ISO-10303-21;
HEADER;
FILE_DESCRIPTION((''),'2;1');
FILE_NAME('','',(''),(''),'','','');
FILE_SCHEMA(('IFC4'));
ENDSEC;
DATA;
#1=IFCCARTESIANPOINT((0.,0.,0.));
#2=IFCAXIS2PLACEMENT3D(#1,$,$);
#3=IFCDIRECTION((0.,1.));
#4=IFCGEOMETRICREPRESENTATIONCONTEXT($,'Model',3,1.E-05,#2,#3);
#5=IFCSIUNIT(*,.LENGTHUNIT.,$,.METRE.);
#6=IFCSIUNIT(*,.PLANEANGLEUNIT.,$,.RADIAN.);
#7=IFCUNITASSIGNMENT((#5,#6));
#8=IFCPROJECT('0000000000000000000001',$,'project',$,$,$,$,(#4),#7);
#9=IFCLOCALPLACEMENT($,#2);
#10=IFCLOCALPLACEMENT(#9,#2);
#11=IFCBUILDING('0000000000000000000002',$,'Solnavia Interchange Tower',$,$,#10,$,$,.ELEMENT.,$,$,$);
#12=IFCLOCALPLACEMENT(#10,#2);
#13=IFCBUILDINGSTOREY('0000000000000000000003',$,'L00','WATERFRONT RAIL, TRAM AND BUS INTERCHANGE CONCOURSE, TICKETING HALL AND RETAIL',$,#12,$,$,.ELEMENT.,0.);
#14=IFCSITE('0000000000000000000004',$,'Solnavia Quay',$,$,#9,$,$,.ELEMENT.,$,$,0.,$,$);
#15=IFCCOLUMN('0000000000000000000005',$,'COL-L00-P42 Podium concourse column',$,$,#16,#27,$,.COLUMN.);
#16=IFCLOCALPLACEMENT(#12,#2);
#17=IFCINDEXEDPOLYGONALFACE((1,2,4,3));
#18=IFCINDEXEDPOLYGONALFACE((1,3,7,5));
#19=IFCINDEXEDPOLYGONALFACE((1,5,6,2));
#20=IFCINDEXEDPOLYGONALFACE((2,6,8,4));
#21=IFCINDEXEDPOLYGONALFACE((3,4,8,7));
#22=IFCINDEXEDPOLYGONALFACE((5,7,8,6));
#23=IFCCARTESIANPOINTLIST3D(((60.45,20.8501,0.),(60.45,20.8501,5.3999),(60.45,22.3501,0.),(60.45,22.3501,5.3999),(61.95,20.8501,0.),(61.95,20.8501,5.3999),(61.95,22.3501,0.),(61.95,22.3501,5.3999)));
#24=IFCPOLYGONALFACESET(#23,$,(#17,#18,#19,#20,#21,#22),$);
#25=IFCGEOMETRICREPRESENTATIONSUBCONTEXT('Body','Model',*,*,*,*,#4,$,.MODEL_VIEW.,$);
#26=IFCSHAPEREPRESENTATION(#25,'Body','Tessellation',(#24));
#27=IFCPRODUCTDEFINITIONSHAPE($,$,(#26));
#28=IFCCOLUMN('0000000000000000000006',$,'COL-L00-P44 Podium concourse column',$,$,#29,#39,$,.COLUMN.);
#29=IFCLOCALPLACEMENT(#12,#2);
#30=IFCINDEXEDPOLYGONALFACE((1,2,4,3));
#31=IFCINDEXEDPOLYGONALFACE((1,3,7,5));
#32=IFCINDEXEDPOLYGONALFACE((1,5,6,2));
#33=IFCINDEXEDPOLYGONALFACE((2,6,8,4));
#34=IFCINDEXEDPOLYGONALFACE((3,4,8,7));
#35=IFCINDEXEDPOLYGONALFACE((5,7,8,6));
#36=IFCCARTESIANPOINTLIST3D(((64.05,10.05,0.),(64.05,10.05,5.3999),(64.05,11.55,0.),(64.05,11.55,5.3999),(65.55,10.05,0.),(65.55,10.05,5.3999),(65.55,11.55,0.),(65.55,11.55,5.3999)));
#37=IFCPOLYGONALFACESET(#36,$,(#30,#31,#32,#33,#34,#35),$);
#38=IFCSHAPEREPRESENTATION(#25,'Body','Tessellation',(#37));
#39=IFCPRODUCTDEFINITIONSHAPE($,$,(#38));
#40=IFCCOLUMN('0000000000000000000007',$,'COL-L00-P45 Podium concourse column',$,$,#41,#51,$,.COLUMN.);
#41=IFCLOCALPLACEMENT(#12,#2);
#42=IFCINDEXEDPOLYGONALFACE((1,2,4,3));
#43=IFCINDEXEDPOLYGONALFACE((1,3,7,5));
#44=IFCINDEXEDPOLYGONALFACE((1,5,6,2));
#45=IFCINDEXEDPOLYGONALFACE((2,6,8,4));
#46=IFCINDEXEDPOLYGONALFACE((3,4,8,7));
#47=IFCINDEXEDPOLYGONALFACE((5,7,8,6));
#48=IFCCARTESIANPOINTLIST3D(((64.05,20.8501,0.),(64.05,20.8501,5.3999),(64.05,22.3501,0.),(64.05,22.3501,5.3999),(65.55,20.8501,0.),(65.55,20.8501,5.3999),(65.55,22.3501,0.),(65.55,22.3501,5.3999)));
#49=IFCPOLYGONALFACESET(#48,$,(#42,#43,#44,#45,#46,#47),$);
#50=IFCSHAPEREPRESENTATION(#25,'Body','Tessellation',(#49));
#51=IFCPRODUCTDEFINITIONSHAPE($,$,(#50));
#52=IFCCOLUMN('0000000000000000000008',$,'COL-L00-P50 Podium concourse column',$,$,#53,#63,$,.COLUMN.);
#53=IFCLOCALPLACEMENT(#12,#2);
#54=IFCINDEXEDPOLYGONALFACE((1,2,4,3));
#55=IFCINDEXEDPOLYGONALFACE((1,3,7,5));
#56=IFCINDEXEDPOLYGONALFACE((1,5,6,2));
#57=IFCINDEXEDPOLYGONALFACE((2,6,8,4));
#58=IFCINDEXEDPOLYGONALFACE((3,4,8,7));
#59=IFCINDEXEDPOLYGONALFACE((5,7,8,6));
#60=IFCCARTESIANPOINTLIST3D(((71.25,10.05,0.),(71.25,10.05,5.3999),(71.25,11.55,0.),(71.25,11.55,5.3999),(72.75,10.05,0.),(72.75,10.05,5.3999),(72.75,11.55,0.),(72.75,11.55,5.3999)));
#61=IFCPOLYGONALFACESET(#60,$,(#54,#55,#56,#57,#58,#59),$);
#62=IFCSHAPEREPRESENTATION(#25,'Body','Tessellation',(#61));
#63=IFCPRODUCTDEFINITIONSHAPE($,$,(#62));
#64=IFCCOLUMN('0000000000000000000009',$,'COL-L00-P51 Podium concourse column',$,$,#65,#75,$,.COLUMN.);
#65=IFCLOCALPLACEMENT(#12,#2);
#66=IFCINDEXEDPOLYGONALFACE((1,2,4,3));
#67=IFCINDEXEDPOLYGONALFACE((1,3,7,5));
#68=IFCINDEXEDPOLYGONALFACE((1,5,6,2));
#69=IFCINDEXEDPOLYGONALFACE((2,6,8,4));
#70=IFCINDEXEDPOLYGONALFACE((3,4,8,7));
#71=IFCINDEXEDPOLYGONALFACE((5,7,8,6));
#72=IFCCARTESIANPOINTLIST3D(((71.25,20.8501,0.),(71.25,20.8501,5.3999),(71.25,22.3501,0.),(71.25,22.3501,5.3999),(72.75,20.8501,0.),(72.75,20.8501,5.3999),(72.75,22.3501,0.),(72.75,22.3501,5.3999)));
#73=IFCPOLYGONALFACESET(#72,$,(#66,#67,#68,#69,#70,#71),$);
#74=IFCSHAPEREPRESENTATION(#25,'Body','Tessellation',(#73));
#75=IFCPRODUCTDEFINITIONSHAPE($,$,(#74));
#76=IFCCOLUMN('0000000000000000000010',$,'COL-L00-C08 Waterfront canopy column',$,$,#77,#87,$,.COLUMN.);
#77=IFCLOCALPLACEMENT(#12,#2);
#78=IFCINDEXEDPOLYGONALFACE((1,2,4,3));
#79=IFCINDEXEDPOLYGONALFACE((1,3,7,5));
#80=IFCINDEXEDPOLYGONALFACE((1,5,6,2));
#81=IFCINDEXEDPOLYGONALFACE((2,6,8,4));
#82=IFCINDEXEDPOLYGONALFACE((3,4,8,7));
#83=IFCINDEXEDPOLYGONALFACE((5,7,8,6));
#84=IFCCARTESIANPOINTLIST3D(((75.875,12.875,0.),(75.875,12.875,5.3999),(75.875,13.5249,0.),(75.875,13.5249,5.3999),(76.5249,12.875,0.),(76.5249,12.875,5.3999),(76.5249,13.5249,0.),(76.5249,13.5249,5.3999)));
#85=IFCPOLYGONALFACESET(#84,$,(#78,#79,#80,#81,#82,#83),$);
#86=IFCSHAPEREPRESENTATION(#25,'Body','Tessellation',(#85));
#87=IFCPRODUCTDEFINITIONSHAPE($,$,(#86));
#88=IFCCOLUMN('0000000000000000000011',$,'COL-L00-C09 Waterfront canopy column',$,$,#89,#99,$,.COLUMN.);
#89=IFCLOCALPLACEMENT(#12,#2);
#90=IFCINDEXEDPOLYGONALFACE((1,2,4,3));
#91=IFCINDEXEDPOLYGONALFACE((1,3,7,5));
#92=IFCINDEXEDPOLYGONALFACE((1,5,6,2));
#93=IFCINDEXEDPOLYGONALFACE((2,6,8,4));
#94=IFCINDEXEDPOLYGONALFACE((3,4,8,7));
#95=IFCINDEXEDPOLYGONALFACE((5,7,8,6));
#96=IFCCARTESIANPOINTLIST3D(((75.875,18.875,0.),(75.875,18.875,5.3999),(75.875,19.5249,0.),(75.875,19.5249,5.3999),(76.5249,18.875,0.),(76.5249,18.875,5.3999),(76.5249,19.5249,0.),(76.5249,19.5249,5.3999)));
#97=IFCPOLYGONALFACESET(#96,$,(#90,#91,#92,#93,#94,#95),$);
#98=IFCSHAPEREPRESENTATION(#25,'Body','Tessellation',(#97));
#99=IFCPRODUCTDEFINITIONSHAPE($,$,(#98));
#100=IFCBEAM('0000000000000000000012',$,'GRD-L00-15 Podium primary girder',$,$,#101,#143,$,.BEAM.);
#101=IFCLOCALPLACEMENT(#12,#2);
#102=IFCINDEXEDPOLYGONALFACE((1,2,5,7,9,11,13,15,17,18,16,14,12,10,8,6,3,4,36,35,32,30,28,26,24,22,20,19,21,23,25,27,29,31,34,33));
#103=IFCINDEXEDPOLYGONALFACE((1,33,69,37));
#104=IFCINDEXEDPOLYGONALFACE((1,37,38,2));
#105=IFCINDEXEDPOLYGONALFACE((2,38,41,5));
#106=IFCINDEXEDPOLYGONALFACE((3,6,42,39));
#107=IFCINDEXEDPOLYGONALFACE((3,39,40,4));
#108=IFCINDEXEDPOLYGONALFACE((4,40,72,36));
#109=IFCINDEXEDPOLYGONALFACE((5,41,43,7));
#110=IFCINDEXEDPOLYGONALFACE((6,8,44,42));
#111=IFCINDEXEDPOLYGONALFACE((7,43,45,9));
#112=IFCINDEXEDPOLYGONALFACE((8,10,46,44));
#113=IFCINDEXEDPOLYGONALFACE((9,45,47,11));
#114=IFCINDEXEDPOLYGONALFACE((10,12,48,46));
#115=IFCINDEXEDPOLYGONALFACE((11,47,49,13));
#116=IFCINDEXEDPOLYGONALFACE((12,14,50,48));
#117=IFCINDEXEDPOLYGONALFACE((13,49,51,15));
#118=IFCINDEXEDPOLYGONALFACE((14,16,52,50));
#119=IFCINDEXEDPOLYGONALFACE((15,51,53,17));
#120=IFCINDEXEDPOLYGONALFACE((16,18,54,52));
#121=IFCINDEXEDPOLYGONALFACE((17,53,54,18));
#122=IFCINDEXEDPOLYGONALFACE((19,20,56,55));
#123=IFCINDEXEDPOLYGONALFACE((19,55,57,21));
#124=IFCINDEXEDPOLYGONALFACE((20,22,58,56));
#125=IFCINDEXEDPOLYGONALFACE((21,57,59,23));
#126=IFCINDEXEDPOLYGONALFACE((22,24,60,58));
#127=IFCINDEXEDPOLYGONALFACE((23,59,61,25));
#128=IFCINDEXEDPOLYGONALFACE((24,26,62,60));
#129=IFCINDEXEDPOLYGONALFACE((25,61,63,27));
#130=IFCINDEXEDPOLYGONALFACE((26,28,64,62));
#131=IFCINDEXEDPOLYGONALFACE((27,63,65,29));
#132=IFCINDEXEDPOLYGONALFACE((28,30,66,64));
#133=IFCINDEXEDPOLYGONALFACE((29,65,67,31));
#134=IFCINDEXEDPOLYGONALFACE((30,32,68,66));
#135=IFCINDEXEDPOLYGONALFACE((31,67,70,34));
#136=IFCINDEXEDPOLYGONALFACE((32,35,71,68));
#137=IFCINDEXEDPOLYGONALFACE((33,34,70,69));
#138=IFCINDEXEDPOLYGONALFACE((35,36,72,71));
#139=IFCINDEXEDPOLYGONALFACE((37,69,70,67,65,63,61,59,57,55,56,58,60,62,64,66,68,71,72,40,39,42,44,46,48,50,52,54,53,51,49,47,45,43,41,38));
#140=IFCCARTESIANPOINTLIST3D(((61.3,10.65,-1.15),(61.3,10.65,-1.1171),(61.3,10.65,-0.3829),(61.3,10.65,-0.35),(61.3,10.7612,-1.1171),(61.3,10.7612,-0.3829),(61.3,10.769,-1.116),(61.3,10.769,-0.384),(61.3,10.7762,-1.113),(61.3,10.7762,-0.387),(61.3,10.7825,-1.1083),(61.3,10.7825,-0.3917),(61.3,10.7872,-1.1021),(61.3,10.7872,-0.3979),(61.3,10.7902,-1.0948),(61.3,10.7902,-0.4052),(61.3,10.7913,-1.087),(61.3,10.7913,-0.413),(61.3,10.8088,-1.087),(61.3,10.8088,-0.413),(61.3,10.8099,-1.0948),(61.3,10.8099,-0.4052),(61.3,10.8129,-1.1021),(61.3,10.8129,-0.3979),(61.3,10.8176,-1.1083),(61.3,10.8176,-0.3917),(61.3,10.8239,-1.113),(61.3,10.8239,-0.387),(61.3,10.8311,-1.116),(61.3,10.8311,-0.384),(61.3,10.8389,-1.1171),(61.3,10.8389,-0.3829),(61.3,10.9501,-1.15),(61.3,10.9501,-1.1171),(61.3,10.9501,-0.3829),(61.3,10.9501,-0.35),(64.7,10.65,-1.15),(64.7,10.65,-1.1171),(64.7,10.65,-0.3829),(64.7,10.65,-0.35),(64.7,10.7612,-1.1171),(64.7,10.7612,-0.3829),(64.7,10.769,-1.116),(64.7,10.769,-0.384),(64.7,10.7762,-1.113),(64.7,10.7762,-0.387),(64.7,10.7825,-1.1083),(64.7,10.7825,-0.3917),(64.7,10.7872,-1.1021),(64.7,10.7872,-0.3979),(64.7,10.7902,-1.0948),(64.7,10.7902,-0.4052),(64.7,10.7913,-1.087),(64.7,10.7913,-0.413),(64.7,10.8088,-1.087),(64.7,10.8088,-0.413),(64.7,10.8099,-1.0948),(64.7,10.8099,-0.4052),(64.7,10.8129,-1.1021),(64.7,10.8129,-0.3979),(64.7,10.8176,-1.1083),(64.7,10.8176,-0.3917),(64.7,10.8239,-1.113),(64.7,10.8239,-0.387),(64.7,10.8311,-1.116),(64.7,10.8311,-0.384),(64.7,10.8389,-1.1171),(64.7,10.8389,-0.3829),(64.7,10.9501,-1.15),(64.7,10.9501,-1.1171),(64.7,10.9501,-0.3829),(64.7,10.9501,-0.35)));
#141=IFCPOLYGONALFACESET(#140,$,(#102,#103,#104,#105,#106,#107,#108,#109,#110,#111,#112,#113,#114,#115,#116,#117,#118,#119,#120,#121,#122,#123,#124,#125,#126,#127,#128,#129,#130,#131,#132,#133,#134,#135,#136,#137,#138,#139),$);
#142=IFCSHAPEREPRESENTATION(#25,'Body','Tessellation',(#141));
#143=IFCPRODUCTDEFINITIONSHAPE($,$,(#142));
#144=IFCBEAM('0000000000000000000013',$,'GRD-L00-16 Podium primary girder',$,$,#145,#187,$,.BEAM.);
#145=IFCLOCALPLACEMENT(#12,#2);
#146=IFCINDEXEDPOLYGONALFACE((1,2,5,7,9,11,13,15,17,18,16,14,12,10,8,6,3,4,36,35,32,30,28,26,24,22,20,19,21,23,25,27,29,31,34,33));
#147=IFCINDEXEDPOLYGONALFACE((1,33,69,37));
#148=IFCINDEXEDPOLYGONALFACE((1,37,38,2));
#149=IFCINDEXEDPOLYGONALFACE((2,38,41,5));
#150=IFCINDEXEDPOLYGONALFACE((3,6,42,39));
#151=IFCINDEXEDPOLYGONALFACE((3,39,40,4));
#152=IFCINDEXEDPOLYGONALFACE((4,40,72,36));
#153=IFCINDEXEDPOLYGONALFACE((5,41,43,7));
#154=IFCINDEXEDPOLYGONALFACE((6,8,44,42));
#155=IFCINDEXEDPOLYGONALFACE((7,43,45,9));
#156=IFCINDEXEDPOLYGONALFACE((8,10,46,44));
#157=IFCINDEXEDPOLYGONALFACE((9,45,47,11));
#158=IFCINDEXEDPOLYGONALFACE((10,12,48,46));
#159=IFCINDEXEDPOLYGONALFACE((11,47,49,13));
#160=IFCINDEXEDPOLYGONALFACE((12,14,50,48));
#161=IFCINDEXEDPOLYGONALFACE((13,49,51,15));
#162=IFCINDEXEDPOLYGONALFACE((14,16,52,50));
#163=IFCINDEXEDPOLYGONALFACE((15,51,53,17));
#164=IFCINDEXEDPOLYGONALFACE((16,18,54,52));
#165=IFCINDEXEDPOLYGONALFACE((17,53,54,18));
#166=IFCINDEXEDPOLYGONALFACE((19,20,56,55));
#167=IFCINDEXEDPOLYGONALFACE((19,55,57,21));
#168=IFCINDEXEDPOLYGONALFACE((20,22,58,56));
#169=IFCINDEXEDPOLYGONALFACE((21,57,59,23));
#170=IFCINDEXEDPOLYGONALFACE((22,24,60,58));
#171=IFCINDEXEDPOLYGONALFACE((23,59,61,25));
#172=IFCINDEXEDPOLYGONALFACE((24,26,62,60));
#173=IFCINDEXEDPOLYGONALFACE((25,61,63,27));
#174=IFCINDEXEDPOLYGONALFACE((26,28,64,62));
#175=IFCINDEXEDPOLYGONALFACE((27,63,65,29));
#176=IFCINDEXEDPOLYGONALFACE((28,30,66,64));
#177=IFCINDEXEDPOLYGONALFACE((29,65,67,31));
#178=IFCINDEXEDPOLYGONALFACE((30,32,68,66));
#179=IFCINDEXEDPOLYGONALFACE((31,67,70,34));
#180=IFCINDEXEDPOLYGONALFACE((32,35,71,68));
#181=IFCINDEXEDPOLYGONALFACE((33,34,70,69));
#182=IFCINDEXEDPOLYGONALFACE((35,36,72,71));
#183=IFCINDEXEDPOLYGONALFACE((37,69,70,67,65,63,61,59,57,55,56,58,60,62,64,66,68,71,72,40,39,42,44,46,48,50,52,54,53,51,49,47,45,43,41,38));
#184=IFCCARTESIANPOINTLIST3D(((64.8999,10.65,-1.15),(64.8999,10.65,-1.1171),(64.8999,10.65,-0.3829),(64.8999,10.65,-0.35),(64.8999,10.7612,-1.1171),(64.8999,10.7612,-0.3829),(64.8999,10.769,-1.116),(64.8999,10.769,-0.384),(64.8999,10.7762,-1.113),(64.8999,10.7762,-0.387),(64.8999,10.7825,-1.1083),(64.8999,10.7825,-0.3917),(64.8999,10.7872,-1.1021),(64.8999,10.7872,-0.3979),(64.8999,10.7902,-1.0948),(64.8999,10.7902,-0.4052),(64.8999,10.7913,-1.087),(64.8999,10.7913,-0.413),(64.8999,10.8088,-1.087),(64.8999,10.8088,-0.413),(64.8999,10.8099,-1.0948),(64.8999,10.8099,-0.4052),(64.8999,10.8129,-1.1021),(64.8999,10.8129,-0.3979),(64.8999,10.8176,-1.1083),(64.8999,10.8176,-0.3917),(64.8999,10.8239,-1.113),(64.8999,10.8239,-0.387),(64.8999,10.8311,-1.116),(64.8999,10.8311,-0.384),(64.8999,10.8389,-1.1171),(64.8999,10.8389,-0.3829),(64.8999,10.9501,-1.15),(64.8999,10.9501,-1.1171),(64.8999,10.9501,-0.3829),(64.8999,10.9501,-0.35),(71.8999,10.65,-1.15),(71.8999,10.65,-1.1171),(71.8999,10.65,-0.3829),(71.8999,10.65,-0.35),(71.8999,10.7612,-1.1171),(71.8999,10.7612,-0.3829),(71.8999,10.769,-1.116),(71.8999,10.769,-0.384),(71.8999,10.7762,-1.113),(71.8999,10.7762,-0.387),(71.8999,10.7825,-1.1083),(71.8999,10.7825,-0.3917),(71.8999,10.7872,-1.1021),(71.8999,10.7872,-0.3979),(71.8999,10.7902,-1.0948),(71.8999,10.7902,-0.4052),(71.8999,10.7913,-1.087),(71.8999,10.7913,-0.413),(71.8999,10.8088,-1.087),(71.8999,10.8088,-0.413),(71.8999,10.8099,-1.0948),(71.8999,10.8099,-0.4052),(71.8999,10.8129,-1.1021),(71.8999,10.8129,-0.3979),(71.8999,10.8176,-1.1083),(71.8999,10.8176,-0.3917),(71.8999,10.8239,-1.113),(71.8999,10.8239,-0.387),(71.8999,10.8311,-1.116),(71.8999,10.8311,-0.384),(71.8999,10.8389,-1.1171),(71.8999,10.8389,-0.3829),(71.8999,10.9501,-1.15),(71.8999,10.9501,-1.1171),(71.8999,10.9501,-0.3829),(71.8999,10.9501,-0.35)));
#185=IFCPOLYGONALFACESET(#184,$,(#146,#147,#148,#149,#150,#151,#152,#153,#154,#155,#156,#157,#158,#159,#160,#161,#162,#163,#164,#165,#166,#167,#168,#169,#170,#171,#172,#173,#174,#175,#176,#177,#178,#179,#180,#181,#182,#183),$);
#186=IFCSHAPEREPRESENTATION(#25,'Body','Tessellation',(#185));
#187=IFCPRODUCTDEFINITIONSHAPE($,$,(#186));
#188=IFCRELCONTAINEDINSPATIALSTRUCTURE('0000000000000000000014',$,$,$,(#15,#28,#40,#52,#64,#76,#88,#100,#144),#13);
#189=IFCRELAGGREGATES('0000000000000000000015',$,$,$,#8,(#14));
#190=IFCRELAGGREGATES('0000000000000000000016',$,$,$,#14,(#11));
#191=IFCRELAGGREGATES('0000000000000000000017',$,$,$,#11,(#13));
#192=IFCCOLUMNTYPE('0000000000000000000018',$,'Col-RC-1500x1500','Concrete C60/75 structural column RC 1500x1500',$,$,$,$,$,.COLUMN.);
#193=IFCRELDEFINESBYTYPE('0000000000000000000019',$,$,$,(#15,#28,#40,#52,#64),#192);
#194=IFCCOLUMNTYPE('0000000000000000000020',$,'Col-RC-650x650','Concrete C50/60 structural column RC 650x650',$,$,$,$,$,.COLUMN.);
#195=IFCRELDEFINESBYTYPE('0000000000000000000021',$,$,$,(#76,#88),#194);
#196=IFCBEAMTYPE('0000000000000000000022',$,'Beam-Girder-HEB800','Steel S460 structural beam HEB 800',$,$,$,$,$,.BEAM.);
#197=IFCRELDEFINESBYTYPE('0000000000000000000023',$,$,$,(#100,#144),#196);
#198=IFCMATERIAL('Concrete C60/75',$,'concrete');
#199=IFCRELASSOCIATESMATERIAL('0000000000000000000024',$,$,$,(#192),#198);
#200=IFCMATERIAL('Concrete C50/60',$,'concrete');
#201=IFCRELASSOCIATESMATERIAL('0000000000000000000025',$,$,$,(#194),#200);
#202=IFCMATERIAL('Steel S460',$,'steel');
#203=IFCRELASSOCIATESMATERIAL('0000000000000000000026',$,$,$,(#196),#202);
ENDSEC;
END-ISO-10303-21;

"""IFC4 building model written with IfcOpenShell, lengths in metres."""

from ifc_helpers import new_model, si_unit, direction, frame, origin, origin_2d, place, context, subcontext, project, spatial, rectangle, i_section, extrude, material, material_profile, profile_set, type_object, element, save


model = new_model("IFC4")

# Units and contexts
model_context = context("Model", 3, precision=1e-05, world=origin(), true_north=direction((0.0, 1.0)))
body_context = subcontext(model_context, "Body", "Model", "MODEL_VIEW")
ifc_project = project(units=[si_unit("LENGTHUNIT", "METRE"), si_unit("PLANEANGLEUNIT", "RADIAN")], contexts=[model_context])

# Site, building, storey
site_placement = place(None, origin())
site = spatial("IfcSite", under=ifc_project, at=site_placement, Name="Solnavia Quay", CompositionType="ELEMENT", RefElevation=0.0)
building_placement = place(site_placement, origin())
building = spatial("IfcBuilding", under=site, at=building_placement, Name="Solnavia Interchange Tower", CompositionType="ELEMENT")
storey_placement = place(building_placement, origin())
storey = spatial("IfcBuildingStorey", under=building, at=storey_placement, Name="L00", Description="WATERFRONT RAIL, TRAM AND BUS INTERCHANGE CONCOURSE, TICKETING HALL AND RETAIL", CompositionType="ELEMENT", Elevation=0.0)

# Columns
ifc_material_1 = material(Name="Concrete C60/75", Category="concrete")
ifc_material_profile_1 = material_profile(ifc_material_1, rectangle(XDim=1.5, YDim=1.5, at=origin_2d()), Name="RC 1500x1500")
ifc_profile_set_1 = profile_set([ifc_material_profile_1], Name="Concrete C60/75")
column_type_1 = type_object("IfcColumnType", Name="Col-RC-1500x1500", Description="Concrete C60/75 structural column RC 1500x1500", PredefinedType="COLUMN", material=ifc_profile_set_1)
for number, where, z_axis, x_axis, name in (
    (1, (61.2, 21.6001, 0.0), (0.0, 0.0, 1.0), (1.0, 0.0, 0.0), "COL-L00-P42 Podium concourse column"),
    (2, (64.8, 10.8, 0.0), (0.0, 0.0, 1.0), (1.0, 0.0, 0.0), "COL-L00-P44 Podium concourse column"),
    (3, (64.8, 21.6001, 0.0), (0.0, 0.0, 1.0), (1.0, 0.0, 0.0), "COL-L00-P45 Podium concourse column"),
    (4, (72.0, 10.8, 0.0), (0.0, 0.0, 1.0), (1.0, 0.0, 0.0), "COL-L00-P50 Podium concourse column"),
    (5, (72.0, 21.6001, 0.0), (0.0, 0.0, 1.0), (1.0, 0.0, 0.0), "COL-L00-P51 Podium concourse column"),
):
    element("IfcColumn", number, at=place(storey_placement, frame(where, z_axis=z_axis, x_axis=x_axis)), inside=storey, type_object=column_type_1, Name=name, PredefinedType="COLUMN", context=body_context, shape_type="SweptSolid", body=[
        extrude(rectangle(XDim=1.5, YDim=1.5, at=origin_2d()), origin(), (0.0, 0.0, 1.0), 5.3999),
    ])
ifc_material_2 = material(Name="Concrete C50/60", Category="concrete")
ifc_material_profile_2 = material_profile(ifc_material_2, rectangle(XDim=0.6499, YDim=0.6499, at=origin_2d()), Name="RC 650x650")
ifc_profile_set_2 = profile_set([ifc_material_profile_2], Name="Concrete C50/60")
column_type_2 = type_object("IfcColumnType", Name="Col-RC-650x650", Description="Concrete C50/60 structural column RC 650x650", PredefinedType="COLUMN", material=ifc_profile_set_2)
for number, where, z_axis, x_axis, name in (
    (6, (76.2, 13.2, 0.0), (0.0, 0.0, 1.0), (1.0, 0.0, 0.0), "COL-L00-C08 Waterfront canopy column"),
    (7, (76.2, 19.2, 0.0), (0.0, 0.0, 1.0), (1.0, 0.0, 0.0), "COL-L00-C09 Waterfront canopy column"),
):
    element("IfcColumn", number, at=place(storey_placement, frame(where, z_axis=z_axis, x_axis=x_axis)), inside=storey, type_object=column_type_2, Name=name, PredefinedType="COLUMN", context=body_context, shape_type="SweptSolid", body=[
        extrude(rectangle(XDim=0.6499, YDim=0.6499, at=origin_2d()), origin(), (0.0, 0.0, 1.0), 5.3999),
    ])

# Beams
ifc_material_3 = material(Name="Steel S460", Category="steel")
ifc_material_profile_3 = material_profile(ifc_material_3, i_section(OverallWidth=0.3, OverallDepth=0.8, WebThickness=0.0176, FlangeThickness=0.033, FilletRadius=0.03, at=origin_2d()), Name="HEB 800")
ifc_profile_set_3 = profile_set([ifc_material_profile_3], Name="Steel S460")
beam_type = type_object("IfcBeamType", Name="Beam-Girder-HEB800", Description="Steel S460 structural beam HEB 800", PredefinedType="BEAM", material=ifc_profile_set_3)
beam_1_placement = place(storey_placement, frame((61.3, 10.8, -0.75), z_axis=(1.0, 0.0, 0.0), x_axis=(0.0, 1.0, 0.0)))
element("IfcBeam", 8, at=beam_1_placement, inside=storey, type_object=beam_type, Name="GRD-L00-15 Podium primary girder", PredefinedType="BEAM", context=body_context, shape_type="SweptSolid", body=[
    extrude(i_section(OverallWidth=0.3, OverallDepth=0.8, WebThickness=0.0176, FlangeThickness=0.033, FilletRadius=0.03, at=origin_2d()), origin(), (0.0, 0.0, 1.0), 3.3999),
])
beam_2_placement = place(storey_placement, frame((64.8999, 10.8, -0.75), z_axis=(1.0, 0.0, 0.0), x_axis=(0.0, 1.0, 0.0)))
element("IfcBeam", 9, at=beam_2_placement, inside=storey, type_object=beam_type, Name="GRD-L00-16 Podium primary girder", PredefinedType="BEAM", context=body_context, shape_type="SweptSolid", body=[
    extrude(i_section(OverallWidth=0.3, OverallDepth=0.8, WebThickness=0.0176, FlangeThickness=0.033, FilletRadius=0.03, at=origin_2d()), origin(), (0.0, 0.0, 1.0), 7.0),
])

save(model, "model.ifc")
